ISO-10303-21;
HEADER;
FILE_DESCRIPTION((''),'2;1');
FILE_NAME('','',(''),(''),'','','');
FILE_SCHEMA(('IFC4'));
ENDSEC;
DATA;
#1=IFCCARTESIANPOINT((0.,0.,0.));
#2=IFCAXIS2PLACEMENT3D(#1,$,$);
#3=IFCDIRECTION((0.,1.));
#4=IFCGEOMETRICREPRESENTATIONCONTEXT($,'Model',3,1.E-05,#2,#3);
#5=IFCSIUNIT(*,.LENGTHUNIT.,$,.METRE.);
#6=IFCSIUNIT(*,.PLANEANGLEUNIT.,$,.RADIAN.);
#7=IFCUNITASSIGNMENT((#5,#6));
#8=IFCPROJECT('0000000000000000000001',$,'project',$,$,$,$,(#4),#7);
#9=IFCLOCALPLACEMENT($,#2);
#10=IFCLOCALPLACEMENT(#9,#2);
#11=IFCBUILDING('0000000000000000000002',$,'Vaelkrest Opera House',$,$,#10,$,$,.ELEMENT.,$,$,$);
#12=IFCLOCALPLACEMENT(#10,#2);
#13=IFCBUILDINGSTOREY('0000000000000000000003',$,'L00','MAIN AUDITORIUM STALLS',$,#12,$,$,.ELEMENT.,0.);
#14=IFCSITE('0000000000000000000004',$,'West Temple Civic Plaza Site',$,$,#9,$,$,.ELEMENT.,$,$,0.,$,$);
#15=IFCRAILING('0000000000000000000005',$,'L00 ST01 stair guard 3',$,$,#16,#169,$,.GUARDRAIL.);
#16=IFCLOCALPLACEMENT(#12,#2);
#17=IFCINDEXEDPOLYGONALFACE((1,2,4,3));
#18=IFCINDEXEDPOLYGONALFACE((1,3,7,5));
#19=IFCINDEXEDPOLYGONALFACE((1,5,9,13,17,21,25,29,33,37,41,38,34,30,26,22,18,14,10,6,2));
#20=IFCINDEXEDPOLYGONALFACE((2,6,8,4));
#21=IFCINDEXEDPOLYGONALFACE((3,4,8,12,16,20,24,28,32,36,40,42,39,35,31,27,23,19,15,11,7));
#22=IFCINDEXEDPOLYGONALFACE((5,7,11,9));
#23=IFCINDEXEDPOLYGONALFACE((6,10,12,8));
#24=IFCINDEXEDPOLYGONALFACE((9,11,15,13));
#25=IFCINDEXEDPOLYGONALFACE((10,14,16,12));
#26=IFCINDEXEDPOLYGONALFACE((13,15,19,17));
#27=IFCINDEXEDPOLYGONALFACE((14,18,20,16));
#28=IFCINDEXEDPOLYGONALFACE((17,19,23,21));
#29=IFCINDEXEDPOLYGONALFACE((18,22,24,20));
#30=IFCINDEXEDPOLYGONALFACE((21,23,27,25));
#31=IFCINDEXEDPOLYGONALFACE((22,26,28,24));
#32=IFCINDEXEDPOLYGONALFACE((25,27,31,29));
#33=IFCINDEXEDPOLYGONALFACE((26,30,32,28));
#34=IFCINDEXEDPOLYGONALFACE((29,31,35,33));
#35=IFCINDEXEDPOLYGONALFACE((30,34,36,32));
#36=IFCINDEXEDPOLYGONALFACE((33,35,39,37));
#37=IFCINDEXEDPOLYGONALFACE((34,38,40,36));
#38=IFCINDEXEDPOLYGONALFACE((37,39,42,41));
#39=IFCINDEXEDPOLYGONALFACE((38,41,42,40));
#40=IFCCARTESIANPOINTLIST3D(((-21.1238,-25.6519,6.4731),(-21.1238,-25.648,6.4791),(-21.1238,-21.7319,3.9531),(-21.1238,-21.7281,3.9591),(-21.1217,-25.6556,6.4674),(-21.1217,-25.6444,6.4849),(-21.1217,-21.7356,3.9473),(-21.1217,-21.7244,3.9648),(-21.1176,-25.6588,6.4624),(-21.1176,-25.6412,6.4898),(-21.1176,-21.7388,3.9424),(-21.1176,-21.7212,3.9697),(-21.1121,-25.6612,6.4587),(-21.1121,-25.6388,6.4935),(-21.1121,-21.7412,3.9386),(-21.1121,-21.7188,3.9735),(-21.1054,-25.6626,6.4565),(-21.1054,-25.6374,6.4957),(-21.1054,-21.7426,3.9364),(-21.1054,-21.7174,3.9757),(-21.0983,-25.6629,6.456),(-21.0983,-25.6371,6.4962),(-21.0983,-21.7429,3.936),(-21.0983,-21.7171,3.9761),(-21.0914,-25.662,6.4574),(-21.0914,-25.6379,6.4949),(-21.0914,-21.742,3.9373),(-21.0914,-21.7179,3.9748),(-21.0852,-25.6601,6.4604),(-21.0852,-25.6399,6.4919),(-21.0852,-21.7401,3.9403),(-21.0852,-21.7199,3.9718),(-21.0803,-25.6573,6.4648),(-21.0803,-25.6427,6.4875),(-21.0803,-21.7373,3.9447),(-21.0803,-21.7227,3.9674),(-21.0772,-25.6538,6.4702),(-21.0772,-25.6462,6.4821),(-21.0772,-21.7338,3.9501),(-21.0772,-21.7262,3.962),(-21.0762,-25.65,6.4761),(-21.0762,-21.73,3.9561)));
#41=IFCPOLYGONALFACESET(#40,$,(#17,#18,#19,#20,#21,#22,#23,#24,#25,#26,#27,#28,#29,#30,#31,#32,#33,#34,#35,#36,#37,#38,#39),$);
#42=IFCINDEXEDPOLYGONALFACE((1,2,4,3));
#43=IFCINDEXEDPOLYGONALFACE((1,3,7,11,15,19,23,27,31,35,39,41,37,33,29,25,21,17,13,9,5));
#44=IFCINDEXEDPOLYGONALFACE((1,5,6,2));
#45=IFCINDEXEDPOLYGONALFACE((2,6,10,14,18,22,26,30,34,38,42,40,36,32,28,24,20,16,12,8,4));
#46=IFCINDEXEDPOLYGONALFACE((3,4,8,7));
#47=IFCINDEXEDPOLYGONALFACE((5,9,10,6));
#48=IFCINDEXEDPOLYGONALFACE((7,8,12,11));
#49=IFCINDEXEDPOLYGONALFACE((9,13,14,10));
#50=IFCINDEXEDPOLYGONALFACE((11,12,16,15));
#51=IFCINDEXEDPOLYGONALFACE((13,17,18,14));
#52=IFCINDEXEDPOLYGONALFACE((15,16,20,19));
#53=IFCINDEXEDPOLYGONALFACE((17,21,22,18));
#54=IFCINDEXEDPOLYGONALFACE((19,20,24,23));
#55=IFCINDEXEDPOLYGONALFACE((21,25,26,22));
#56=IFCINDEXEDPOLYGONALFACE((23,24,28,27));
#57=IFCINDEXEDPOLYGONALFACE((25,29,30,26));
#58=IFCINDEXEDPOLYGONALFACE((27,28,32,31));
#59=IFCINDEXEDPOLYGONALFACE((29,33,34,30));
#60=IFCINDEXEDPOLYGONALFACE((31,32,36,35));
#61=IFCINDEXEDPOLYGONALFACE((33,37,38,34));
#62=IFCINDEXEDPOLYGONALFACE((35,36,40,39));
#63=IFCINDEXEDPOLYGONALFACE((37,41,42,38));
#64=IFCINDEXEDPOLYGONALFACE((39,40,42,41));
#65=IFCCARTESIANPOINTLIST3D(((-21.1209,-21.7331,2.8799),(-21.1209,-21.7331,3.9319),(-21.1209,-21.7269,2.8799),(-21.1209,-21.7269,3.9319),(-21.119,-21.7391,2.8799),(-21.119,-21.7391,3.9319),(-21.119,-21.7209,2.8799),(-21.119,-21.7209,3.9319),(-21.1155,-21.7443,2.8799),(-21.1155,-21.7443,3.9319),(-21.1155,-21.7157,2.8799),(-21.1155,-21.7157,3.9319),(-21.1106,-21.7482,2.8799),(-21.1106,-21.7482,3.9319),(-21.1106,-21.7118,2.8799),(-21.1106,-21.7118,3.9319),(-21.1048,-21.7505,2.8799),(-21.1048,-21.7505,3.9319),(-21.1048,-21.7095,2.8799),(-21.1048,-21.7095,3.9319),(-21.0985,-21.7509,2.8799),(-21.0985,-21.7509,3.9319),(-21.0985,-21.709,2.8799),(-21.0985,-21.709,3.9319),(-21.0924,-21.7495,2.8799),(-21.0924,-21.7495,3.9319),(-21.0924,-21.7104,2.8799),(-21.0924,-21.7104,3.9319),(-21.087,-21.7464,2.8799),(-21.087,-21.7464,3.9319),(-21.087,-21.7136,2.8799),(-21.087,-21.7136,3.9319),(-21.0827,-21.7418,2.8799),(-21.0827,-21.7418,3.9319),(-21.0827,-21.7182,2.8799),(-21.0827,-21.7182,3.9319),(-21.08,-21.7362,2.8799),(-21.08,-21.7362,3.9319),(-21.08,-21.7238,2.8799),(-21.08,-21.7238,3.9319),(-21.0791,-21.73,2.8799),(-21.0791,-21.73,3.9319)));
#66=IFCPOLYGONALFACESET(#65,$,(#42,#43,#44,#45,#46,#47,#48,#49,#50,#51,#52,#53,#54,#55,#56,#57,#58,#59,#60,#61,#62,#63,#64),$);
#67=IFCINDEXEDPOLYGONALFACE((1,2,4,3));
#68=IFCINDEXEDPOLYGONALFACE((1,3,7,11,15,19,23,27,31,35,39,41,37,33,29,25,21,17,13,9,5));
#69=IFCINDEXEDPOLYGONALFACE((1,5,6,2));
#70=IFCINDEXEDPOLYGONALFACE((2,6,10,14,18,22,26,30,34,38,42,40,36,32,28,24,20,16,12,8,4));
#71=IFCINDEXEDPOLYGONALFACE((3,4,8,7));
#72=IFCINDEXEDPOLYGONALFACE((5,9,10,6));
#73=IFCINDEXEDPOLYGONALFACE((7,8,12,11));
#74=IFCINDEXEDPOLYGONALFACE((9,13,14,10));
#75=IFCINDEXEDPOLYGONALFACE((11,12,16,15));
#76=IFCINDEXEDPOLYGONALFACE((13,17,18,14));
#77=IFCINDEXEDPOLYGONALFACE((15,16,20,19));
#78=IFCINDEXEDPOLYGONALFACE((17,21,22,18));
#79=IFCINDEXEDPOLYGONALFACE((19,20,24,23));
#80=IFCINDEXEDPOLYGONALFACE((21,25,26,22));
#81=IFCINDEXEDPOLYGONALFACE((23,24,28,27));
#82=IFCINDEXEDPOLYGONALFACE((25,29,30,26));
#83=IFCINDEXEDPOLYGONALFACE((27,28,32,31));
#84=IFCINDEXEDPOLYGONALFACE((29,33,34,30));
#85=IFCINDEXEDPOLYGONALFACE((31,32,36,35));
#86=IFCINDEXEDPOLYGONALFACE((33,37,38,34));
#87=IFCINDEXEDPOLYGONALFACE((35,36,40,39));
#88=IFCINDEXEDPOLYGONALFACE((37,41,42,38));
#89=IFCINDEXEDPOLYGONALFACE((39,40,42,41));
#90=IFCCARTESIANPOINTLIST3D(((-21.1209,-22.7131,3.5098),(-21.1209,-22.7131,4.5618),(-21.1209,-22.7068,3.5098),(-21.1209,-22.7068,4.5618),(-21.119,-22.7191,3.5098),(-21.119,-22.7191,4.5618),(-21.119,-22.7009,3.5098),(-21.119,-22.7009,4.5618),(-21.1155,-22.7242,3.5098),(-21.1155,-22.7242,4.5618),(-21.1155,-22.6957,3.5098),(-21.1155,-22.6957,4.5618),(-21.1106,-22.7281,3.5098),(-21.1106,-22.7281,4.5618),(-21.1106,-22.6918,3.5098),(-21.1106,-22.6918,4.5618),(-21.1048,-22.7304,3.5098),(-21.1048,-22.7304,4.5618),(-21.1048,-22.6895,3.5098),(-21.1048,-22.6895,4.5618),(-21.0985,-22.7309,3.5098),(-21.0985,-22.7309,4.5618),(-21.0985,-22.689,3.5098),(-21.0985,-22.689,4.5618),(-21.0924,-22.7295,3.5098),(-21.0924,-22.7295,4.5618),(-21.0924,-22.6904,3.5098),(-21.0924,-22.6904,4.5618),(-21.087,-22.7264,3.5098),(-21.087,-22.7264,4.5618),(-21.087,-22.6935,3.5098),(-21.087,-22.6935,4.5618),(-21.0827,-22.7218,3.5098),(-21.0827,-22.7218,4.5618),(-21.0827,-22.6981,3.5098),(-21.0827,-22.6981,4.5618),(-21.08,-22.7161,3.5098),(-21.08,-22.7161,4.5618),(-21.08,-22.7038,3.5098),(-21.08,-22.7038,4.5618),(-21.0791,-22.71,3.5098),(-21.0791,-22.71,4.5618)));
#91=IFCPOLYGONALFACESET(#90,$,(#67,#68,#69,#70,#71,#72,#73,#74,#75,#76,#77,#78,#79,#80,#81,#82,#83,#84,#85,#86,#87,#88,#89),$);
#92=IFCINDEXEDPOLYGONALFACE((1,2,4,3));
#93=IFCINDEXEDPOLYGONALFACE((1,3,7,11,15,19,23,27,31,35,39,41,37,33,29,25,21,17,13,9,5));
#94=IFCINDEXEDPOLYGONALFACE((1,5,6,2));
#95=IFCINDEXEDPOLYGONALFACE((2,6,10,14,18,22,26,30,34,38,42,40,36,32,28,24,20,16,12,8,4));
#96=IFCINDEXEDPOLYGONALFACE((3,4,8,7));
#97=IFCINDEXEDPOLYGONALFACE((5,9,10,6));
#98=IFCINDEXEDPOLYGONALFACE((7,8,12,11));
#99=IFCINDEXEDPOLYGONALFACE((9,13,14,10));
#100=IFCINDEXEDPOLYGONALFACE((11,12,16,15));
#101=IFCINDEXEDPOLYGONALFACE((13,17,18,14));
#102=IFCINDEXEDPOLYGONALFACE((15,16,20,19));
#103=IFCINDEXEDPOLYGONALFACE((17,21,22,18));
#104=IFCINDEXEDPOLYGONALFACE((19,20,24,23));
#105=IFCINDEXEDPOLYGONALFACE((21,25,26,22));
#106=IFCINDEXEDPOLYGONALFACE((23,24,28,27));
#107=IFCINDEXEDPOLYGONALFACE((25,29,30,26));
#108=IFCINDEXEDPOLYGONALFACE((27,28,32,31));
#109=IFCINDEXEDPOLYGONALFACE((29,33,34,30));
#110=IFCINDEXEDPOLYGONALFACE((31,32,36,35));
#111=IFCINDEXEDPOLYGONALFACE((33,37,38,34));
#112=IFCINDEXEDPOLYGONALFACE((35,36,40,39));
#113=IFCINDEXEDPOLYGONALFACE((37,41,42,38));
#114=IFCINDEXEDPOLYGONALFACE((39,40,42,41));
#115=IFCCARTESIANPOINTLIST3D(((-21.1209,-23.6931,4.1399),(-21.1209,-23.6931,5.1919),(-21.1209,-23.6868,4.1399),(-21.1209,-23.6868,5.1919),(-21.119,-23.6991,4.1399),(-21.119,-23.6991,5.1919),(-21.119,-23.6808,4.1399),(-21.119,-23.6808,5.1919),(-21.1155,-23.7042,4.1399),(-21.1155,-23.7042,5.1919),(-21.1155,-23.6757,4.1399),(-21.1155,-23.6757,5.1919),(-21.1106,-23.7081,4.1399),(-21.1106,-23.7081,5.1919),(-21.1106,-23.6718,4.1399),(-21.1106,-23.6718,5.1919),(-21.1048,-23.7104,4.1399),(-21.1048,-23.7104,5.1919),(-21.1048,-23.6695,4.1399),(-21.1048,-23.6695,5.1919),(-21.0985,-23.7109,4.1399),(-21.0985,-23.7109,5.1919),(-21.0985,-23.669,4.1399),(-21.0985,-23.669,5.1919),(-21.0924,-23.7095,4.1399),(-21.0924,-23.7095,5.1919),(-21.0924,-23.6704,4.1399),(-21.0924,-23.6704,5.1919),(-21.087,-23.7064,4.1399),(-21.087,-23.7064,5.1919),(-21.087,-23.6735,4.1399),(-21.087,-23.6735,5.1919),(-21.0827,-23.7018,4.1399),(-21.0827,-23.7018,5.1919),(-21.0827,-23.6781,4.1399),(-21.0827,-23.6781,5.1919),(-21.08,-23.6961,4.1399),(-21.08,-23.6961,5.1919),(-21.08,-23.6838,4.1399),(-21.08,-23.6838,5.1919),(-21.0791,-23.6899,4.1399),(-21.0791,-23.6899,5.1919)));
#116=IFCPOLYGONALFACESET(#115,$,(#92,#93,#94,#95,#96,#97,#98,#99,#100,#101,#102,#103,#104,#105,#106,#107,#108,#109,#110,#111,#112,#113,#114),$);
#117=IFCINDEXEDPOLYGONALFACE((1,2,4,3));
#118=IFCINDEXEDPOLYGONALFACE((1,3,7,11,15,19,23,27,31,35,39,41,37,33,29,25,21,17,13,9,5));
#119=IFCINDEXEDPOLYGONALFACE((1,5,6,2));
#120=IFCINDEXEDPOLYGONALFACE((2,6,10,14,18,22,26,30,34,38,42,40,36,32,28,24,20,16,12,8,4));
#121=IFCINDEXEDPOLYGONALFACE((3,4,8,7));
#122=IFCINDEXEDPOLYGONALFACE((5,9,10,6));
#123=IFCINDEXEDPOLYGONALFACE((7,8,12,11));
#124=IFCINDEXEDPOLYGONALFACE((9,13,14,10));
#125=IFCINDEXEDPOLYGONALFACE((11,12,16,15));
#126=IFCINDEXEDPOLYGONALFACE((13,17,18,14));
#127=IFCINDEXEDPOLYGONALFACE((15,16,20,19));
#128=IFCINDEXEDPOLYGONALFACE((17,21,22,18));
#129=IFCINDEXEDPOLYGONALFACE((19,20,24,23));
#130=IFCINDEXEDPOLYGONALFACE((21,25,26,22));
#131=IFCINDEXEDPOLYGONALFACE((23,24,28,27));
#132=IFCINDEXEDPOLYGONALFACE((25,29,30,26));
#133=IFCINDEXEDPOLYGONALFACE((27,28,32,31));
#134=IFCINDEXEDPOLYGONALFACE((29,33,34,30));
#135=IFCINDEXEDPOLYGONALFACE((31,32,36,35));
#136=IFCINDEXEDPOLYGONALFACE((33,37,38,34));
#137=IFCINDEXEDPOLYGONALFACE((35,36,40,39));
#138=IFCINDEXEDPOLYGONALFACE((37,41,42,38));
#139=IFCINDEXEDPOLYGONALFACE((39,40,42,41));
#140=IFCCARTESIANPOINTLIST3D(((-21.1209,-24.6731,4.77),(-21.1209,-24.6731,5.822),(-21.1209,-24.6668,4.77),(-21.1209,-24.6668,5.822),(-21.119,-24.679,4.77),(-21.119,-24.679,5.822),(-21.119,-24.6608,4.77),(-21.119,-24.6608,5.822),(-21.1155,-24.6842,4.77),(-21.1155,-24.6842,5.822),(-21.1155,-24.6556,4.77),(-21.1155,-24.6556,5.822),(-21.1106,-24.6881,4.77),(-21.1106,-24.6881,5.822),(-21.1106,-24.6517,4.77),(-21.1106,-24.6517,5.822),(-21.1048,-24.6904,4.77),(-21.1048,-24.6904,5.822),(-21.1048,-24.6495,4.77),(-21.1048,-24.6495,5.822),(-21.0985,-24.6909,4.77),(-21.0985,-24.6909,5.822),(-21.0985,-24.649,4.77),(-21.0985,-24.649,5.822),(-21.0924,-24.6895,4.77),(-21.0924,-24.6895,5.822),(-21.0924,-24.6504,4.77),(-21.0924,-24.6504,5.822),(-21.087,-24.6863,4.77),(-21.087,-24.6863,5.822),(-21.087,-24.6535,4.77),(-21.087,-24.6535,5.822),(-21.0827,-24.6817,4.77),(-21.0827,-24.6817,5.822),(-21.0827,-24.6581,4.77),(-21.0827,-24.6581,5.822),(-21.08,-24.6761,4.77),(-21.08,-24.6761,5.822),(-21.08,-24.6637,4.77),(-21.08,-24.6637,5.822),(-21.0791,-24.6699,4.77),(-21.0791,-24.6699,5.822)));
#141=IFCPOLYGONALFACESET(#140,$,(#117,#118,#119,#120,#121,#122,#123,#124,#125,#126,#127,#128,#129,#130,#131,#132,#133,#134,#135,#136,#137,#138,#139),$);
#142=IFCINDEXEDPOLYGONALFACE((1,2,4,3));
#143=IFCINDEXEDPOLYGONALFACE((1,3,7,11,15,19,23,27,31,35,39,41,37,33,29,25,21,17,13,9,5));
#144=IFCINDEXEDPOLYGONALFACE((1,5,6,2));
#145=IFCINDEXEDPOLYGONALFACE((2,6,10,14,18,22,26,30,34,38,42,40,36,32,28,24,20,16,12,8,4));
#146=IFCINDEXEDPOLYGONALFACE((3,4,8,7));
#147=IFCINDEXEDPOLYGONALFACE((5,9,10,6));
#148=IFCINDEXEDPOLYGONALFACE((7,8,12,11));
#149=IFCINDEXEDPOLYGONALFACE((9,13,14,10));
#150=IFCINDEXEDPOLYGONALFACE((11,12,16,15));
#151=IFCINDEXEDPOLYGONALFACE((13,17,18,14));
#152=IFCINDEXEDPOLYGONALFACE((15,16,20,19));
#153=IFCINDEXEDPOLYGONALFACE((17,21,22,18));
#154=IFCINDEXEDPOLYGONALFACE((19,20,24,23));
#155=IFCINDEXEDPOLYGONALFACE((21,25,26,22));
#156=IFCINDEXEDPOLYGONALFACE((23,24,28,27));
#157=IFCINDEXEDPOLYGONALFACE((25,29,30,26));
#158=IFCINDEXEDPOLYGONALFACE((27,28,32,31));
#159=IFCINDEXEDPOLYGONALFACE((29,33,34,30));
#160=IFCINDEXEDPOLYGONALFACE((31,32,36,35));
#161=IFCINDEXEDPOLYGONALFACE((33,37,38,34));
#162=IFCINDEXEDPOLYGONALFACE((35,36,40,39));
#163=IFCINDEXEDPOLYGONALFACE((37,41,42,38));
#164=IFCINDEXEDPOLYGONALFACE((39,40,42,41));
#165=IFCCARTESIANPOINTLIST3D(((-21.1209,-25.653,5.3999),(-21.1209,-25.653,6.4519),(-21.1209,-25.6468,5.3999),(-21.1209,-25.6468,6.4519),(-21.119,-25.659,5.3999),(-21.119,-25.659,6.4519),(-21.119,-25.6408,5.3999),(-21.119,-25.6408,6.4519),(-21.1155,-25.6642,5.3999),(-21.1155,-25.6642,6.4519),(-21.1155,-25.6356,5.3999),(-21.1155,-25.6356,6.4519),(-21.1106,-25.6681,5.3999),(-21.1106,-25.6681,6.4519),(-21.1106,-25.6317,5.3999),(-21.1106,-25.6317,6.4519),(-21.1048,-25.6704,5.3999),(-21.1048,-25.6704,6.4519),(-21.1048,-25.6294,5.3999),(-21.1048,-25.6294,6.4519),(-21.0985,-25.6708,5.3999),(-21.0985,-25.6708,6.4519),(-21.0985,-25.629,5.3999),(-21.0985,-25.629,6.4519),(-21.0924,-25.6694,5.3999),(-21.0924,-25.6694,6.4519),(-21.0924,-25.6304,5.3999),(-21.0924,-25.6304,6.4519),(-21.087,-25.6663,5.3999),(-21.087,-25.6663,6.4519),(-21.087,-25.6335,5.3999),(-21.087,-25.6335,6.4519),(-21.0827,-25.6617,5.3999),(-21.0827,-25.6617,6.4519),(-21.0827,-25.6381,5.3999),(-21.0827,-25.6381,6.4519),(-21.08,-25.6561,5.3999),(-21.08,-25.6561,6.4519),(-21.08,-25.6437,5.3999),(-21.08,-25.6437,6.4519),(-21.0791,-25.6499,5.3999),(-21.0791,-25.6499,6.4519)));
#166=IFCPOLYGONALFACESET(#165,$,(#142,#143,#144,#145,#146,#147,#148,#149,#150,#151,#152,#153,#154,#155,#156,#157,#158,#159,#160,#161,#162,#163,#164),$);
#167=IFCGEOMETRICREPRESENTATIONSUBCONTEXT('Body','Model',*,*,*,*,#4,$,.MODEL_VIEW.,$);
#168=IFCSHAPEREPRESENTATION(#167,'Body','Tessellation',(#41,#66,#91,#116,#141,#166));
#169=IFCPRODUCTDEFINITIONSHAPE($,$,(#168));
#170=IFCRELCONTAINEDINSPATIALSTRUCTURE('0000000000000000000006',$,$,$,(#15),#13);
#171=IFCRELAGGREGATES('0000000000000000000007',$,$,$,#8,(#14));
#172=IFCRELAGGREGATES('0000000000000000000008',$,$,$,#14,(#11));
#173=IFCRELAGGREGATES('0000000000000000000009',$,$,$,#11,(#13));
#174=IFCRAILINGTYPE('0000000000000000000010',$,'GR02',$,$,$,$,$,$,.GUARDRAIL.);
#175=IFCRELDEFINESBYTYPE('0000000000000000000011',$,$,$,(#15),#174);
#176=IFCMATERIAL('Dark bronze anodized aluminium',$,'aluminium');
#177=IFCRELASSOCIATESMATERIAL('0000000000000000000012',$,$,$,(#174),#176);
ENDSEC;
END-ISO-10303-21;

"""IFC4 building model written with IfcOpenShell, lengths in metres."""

from ifc_helpers import new_model, si_unit, direction, frame, origin, origin_2d, place, context, subcontext, project, spatial, circle, extrude, material, type_object, element, save


model = new_model("IFC4")

# Units and contexts
model_context = context("Model", 3, precision=1e-05, world=origin(), true_north=direction((0.0, 1.0)))
body_context = subcontext(model_context, "Body", "Model", "MODEL_VIEW")
ifc_project = project(units=[si_unit("LENGTHUNIT", "METRE"), si_unit("PLANEANGLEUNIT", "RADIAN")], contexts=[model_context])

# Site, building, storey
site_placement = place(None, origin())
site = spatial("IfcSite", under=ifc_project, at=site_placement, Name="West Temple Civic Plaza Site", CompositionType="ELEMENT", RefElevation=0.0)
building_placement = place(site_placement, origin())
building = spatial("IfcBuilding", under=site, at=building_placement, Name="Vaelkrest Opera House", CompositionType="ELEMENT")
storey_placement = place(building_placement, origin())
storey = spatial("IfcBuildingStorey", under=building, at=storey_placement, Name="L00", Description="MAIN AUDITORIUM STALLS", CompositionType="ELEMENT", Elevation=0.0)

# Shared definitions
ifc_material_1 = material(Name="Dark bronze anodized aluminium", Category="aluminium")

# Railing
railing_type_1 = type_object("IfcRailingType", Name="GR02", PredefinedType="GUARDRAIL", material=ifc_material_1)
railing_1_placement = place(storey_placement, frame((-21.1001, -21.73, 2.8799)))
element("IfcRailing", 1, at=railing_1_placement, inside=storey, type_object=railing_type_1, Name="L00 ST01 stair guard 3", PredefinedType="GUARDRAIL", context=body_context, shape_type="SweptSolid", body=[
    extrude(circle(Radius=0.0239, at=origin_2d()), frame((0.0, 0.0, 1.0762), z_axis=(0.0, -0.841172, 0.540768), x_axis=(1.0, 0.0, 0.0)), (0.0, 0.0, 1.0), 4.6602),
    extrude(circle(Radius=0.021, at=origin_2d()), origin(), (0.0, 0.0, 1.0), 1.052),
    extrude(circle(Radius=0.021, at=origin_2d()), frame((0.0, -0.98, 0.6299)), (0.0, 0.0, 1.0), 1.052),
    extrude(circle(Radius=0.021, at=origin_2d()), frame((0.0, -1.96, 1.26)), (0.0, 0.0, 1.0), 1.052),
    extrude(circle(Radius=0.021, at=origin_2d()), frame((0.0, -2.9399, 1.8901)), (0.0, 0.0, 1.0), 1.052),
    extrude(circle(Radius=0.021, at=origin_2d()), frame((0.0, -3.9199, 2.52)), (0.0, 0.0, 1.0), 1.052),
])

save(model, "model.ifc")
